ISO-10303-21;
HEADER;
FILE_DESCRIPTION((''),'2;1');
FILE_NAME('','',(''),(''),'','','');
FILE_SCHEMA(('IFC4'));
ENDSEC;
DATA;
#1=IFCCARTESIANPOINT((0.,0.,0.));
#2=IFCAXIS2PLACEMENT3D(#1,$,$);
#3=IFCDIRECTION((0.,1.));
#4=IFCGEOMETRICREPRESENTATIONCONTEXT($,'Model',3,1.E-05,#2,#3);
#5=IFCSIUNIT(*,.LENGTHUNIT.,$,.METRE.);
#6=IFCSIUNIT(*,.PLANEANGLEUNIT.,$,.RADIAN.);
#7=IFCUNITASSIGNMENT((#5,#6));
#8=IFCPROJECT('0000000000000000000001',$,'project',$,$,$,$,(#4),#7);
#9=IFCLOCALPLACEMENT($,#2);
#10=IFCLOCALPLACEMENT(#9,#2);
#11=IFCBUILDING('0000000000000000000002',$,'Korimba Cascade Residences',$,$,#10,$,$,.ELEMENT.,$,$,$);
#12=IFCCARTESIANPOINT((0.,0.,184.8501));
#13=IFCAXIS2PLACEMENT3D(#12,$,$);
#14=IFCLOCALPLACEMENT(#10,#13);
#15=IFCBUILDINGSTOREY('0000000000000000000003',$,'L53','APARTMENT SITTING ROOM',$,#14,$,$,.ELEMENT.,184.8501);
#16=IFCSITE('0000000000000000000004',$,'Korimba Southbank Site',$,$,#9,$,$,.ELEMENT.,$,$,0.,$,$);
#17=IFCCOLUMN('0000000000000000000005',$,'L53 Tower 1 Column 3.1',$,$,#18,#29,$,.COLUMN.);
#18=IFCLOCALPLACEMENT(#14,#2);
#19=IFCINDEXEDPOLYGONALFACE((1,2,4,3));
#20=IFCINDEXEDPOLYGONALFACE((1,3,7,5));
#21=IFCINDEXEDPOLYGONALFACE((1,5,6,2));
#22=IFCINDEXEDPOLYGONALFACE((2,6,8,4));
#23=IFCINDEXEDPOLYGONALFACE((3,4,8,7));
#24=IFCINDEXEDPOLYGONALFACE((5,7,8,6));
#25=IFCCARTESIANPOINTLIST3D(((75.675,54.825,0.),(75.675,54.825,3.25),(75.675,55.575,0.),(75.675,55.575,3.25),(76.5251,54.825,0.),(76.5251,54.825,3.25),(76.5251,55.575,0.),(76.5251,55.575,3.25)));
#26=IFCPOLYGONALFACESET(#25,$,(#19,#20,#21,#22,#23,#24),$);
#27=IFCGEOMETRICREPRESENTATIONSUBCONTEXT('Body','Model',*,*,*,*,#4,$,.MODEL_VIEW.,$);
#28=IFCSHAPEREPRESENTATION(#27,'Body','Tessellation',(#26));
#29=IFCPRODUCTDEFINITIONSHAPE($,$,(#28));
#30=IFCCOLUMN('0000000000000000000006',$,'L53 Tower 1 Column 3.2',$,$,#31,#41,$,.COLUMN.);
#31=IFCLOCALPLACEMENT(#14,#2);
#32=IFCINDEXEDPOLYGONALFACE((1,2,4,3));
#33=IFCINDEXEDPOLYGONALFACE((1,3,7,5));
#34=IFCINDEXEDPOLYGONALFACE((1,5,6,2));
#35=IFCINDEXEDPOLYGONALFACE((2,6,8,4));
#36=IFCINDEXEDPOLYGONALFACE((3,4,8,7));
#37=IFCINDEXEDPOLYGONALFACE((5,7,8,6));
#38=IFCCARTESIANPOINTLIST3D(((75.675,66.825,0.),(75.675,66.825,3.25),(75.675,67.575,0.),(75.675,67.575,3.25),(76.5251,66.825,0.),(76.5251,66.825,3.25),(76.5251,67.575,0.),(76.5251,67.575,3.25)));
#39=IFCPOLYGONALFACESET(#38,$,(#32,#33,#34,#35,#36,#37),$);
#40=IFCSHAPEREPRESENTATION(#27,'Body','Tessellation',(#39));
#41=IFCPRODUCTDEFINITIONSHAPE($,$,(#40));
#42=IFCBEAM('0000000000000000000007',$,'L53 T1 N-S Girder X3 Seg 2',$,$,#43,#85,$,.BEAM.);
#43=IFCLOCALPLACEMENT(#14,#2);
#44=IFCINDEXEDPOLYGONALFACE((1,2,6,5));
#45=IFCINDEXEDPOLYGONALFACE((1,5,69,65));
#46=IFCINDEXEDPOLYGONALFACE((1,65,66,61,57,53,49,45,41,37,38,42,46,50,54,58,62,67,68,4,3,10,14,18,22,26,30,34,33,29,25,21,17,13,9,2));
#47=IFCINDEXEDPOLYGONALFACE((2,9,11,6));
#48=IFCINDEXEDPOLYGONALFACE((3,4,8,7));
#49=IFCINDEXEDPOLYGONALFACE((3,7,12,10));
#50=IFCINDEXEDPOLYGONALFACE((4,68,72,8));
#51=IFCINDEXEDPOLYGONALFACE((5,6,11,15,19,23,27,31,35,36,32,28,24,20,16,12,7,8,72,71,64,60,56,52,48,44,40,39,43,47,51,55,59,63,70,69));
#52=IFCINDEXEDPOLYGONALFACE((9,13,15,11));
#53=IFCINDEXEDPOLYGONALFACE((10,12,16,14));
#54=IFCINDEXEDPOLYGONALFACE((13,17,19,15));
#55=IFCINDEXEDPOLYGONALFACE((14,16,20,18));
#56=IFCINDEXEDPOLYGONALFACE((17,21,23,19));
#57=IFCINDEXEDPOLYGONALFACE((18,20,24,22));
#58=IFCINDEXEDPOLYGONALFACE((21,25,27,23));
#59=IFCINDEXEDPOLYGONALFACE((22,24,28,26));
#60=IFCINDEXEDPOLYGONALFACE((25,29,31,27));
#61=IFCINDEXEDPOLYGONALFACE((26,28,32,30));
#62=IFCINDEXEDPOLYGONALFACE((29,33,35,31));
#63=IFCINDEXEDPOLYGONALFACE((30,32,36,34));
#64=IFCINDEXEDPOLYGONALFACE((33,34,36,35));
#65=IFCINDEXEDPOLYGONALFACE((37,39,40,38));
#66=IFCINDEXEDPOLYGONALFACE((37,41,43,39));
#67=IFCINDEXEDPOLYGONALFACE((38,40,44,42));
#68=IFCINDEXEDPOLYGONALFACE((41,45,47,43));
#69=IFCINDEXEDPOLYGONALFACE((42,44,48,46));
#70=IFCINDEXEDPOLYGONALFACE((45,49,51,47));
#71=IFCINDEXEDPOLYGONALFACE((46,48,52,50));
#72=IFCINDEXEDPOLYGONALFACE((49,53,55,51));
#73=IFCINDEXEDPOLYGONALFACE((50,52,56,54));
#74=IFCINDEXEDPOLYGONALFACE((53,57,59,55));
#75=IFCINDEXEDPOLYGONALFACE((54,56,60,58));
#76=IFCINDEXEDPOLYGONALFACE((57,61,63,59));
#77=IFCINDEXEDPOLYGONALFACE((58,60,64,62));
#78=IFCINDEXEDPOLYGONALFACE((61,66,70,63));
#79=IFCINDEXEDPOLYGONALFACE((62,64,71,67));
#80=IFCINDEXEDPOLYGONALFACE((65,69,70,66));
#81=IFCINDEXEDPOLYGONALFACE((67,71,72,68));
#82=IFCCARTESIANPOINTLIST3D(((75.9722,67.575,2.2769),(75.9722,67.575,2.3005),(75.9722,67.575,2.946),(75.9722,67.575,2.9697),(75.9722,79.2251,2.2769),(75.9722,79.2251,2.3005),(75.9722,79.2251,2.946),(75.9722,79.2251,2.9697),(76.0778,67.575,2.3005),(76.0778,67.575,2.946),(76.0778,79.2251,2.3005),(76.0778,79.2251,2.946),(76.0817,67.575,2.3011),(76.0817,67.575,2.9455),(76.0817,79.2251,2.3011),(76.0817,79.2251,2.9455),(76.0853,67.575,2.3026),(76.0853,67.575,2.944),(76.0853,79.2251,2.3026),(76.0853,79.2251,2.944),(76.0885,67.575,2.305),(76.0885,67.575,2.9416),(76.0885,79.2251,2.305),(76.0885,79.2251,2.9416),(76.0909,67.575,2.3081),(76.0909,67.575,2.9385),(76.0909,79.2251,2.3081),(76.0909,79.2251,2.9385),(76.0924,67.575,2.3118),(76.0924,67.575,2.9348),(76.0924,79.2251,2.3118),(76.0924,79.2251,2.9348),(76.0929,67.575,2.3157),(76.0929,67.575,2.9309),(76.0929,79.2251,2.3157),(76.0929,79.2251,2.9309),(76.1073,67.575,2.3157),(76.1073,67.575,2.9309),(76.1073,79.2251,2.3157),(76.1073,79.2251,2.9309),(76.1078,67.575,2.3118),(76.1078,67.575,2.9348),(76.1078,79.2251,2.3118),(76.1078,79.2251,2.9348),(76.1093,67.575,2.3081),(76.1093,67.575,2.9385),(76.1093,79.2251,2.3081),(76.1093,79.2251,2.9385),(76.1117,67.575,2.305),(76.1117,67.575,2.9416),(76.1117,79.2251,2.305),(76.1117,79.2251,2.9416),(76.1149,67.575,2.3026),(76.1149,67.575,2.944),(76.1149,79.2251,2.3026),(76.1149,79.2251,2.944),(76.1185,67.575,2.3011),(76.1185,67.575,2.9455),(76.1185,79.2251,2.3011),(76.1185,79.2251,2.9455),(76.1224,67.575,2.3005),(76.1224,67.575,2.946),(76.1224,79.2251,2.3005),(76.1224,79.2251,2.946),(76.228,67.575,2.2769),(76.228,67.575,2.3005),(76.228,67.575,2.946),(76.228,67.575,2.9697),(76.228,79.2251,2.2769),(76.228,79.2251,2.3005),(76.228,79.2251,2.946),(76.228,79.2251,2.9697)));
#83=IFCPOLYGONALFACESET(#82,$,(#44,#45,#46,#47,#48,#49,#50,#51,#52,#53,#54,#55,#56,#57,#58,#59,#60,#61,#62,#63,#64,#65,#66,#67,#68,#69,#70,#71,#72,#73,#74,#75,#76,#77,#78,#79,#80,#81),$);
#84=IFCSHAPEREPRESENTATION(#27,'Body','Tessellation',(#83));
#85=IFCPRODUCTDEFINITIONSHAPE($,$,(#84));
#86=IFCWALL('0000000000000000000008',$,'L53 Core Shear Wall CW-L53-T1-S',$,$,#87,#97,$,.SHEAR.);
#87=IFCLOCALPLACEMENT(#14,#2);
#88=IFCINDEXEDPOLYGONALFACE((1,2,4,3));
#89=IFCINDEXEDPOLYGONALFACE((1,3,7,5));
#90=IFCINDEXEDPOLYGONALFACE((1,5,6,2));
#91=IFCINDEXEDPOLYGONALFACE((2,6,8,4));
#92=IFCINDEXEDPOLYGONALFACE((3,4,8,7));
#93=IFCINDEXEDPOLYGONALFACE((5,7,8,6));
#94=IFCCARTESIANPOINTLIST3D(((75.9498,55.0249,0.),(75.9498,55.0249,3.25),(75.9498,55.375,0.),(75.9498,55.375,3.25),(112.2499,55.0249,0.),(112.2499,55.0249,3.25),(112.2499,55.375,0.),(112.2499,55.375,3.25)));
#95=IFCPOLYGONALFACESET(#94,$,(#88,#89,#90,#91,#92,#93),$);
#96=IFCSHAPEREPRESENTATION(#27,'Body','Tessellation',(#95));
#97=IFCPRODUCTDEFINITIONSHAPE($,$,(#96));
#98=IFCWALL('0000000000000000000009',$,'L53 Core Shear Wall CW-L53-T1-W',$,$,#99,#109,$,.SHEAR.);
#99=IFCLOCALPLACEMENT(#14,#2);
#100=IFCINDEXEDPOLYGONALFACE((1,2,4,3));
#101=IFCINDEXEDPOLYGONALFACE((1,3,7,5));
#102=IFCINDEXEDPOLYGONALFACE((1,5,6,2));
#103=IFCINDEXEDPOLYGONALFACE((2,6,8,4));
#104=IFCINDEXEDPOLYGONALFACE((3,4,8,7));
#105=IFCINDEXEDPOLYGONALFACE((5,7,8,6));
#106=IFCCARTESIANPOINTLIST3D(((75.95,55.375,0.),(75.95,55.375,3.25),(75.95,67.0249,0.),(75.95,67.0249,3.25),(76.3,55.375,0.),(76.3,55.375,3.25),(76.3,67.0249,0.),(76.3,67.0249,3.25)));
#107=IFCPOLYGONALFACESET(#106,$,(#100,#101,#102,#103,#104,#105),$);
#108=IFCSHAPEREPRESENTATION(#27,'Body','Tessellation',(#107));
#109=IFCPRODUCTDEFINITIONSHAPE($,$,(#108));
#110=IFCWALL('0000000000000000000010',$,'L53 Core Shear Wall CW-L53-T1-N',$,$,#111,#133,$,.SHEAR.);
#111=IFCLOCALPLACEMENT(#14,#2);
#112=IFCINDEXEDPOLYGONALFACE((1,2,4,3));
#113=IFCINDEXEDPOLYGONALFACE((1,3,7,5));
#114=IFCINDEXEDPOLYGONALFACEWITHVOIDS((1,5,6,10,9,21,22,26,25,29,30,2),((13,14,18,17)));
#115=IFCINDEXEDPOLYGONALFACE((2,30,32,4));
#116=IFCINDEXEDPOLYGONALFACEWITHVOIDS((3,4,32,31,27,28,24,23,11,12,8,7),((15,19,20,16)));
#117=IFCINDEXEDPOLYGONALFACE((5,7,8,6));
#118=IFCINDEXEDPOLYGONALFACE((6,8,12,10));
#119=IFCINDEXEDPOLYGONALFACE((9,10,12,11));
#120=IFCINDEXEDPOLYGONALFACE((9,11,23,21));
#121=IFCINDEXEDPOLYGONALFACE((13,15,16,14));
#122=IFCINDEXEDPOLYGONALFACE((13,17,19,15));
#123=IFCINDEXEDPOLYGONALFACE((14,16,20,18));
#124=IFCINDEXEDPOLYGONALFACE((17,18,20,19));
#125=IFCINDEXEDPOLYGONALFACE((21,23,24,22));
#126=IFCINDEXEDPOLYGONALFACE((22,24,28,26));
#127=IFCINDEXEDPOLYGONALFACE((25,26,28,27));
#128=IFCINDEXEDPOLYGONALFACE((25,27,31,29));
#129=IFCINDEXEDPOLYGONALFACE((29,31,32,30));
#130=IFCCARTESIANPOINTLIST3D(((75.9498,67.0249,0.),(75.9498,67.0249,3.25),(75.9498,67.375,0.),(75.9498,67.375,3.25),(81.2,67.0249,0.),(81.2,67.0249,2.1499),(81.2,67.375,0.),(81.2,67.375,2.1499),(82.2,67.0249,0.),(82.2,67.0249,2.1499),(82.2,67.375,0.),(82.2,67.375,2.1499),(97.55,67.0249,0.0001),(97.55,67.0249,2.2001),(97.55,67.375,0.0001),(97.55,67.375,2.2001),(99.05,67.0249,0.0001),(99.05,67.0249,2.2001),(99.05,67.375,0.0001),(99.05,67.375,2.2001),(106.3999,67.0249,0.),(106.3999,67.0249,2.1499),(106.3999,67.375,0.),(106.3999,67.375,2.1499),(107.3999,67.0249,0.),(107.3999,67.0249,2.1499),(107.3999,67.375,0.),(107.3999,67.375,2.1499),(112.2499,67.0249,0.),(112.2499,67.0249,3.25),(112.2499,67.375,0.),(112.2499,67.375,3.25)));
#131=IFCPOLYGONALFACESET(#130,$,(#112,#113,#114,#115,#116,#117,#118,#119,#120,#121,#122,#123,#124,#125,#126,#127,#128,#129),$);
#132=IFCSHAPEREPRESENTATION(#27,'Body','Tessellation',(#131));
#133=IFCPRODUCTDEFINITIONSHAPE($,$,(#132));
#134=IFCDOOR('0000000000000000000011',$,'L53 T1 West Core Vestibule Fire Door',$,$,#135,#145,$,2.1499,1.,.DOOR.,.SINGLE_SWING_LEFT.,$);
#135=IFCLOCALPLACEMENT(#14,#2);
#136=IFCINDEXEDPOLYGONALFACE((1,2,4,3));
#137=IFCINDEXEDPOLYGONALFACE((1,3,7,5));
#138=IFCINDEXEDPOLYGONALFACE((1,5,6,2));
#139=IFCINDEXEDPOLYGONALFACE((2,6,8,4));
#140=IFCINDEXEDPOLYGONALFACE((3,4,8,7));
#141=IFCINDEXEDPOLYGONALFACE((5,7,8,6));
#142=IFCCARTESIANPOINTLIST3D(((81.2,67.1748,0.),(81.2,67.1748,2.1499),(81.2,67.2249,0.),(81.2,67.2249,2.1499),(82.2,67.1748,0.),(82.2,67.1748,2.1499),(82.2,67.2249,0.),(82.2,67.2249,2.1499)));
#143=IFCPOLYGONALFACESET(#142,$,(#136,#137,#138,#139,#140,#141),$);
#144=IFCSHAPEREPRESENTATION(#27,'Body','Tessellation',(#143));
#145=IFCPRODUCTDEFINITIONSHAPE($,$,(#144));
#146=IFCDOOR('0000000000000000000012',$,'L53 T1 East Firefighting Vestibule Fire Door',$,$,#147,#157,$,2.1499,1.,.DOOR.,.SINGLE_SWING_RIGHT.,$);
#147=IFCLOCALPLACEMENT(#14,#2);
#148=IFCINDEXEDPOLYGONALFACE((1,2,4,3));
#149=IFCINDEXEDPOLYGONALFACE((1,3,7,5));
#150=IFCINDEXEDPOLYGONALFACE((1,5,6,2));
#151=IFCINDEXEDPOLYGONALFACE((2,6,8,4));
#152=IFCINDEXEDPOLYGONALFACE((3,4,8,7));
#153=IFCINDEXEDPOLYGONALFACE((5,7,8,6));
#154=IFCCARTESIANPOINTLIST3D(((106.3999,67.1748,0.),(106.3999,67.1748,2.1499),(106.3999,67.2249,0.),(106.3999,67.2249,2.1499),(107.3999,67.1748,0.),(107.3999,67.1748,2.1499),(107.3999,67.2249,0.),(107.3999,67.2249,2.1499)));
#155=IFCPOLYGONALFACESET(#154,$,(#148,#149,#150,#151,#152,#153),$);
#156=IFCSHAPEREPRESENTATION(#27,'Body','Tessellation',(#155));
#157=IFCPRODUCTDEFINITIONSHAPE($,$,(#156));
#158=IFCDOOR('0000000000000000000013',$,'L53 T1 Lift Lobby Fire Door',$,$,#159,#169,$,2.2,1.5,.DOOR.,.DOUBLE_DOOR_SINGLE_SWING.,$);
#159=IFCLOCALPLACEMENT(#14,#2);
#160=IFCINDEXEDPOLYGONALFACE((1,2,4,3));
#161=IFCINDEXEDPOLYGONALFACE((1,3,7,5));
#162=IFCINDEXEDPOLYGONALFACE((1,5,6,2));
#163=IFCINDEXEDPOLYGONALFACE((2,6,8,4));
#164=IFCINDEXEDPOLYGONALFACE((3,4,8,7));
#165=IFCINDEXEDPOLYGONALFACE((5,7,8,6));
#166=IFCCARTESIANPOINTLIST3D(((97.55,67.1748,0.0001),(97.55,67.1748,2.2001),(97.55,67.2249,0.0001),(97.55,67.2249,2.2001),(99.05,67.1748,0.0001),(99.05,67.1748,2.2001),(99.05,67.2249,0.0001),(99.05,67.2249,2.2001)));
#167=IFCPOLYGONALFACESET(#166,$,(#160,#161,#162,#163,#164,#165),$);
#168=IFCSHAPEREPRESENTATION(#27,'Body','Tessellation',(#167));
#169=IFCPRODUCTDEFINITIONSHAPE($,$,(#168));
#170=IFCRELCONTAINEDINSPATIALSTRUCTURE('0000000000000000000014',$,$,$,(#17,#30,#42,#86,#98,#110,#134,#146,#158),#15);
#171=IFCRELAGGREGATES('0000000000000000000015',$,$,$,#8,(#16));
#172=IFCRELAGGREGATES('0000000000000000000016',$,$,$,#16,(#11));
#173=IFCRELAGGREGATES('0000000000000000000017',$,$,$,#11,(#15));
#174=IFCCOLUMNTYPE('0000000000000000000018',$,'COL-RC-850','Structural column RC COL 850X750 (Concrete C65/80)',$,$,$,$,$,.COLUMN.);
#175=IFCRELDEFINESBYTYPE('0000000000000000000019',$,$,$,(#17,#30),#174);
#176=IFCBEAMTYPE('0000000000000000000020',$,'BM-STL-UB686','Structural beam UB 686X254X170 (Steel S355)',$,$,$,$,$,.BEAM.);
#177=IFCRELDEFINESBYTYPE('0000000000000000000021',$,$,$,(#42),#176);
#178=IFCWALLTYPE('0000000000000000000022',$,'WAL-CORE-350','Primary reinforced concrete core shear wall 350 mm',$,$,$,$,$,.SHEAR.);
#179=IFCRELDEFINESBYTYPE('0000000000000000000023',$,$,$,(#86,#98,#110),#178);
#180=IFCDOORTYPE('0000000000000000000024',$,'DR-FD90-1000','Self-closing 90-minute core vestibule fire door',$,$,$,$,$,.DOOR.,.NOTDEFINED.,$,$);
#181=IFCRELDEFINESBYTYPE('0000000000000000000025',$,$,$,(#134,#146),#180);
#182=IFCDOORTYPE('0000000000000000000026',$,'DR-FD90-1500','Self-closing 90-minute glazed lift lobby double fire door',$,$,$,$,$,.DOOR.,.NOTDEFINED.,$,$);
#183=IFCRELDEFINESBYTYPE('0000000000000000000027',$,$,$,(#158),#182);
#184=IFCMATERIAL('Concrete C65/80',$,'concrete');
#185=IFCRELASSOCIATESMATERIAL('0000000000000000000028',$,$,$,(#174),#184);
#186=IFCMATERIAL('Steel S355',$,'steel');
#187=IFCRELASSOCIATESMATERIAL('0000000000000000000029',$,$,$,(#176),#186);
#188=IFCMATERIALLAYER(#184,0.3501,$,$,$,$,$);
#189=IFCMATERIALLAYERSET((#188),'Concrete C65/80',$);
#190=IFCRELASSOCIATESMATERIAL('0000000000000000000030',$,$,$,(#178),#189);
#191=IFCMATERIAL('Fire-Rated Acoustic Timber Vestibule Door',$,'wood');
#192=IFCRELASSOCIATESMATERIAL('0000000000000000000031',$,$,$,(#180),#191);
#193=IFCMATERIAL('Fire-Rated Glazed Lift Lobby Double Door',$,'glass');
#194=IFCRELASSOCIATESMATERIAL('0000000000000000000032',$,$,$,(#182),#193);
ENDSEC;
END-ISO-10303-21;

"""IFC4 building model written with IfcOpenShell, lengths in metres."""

from ifc_helpers import new_model, si_unit, direction, frame, frame_2d, origin, origin_2d, place, context, subcontext, project, spatial, rectangle, i_section, extrude, material, layer, layer_set, material_profile, profile_set, type_object, element, fill, save


model = new_model("IFC4")

# Units and contexts
model_context = context("Model", 3, precision=1e-05, world=origin(), true_north=direction((0.0, 1.0)))
body_context = subcontext(model_context, "Body", "Model", "MODEL_VIEW")
ifc_project = project(units=[si_unit("LENGTHUNIT", "METRE"), si_unit("PLANEANGLEUNIT", "RADIAN")], contexts=[model_context])

# Site, building, storey
site_placement = place(None, origin())
site = spatial("IfcSite", under=ifc_project, at=site_placement, Name="Korimba Southbank Site", CompositionType="ELEMENT", RefElevation=0.0)
building_placement = place(site_placement, origin())
building = spatial("IfcBuilding", under=site, at=building_placement, Name="Korimba Cascade Residences", CompositionType="ELEMENT")
storey_placement = place(building_placement, frame((0.0, 0.0, 184.8501)))
storey = spatial("IfcBuildingStorey", under=building, at=storey_placement, Name="L53", Description="APARTMENT SITTING ROOM", CompositionType="ELEMENT", Elevation=184.8501)

# Columns
ifc_material_1 = material(Name="Concrete C65/80", Category="concrete")
ifc_material_profile_1 = material_profile(ifc_material_1, rectangle(XDim=0.8501, YDim=0.75, at=origin_2d()), Name="Concrete C65/80")
ifc_profile_set_1 = profile_set([ifc_material_profile_1], Name="Concrete C65/80")
column_type = type_object("IfcColumnType", Name="COL-RC-850", Description="Structural column RC COL 850X750 (Concrete C65/80)", PredefinedType="COLUMN", material=ifc_profile_set_1)
for number, where, z_axis, x_axis, name in (
    (1, (76.1001, 55.2, 0.0), (0.0, 0.0, 1.0), (1.0, 0.0, 0.0), "L53 Tower 1 Column 3.1"),
    (2, (76.1001, 67.2, 0.0), (0.0, 0.0, 1.0), (1.0, 0.0, 0.0), "L53 Tower 1 Column 3.2"),
):
    element("IfcColumn", number, at=place(storey_placement, frame(where, z_axis=z_axis, x_axis=x_axis)), inside=storey, type_object=column_type, Name=name, PredefinedType="COLUMN", context=body_context, shape_type="SweptSolid", body=[
        extrude(rectangle(XDim=0.8501, YDim=0.75, at=origin_2d()), origin(), (0.0, 0.0, 1.0), 3.25),
    ])

# Beam
ifc_material_2 = material(Name="Steel S355", Category="steel")
ifc_material_profile_2 = material_profile(ifc_material_2, i_section(OverallWidth=0.2559, OverallDepth=0.6929, WebThickness=0.0144, FlangeThickness=0.0237, FilletRadius=0.0151, at=origin_2d()), Name="Steel S355")
ifc_profile_set_2 = profile_set([ifc_material_profile_2], Name="Steel S355")
beam_type = type_object("IfcBeamType", Name="BM-STL-UB686", Description="Structural beam UB 686X254X170 (Steel S355)", PredefinedType="BEAM", material=ifc_profile_set_2)
beam_placement = place(storey_placement, frame((76.1001, 67.575, 2.6233), z_axis=(0.0, 1.0, 0.0), x_axis=(-1.0, 0.0, 0.0)))
element("IfcBeam", 3, at=beam_placement, inside=storey, type_object=beam_type, Name="L53 T1 N-S Girder X3 Seg 2", PredefinedType="BEAM", context=body_context, shape_type="SweptSolid", body=[
    extrude(i_section(OverallWidth=0.2559, OverallDepth=0.6929, WebThickness=0.0144, FlangeThickness=0.0237, FilletRadius=0.0151, at=origin_2d()), origin(), (0.0, 0.0, 1.0), 11.6501),
])

# Walls
ifc_layer_1 = layer(ifc_material_1, 0.3501)
ifc_layer_set_1 = layer_set([ifc_layer_1], Name="Concrete C65/80")
wall_type_1 = type_object("IfcWallType", Name="WAL-CORE-350", Description="Primary reinforced concrete core shear wall 350 mm", PredefinedType="SHEAR", material=ifc_layer_set_1)
wall_1_placement = place(storey_placement, frame((75.95, 55.2, 0.0), z_axis=(0.0, 0.0, 1.0), x_axis=(1.0, 0.0, 0.0)))
element("IfcWall", 4, at=wall_1_placement, inside=storey, type_object=wall_type_1, Name="L53 Core Shear Wall CW-L53-T1-S", PredefinedType="SHEAR", context=body_context, shape_type="SweptSolid", body=[
    extrude(rectangle(XDim=36.3, YDim=0.3501, at=frame_2d((18.1499, 0.0))), origin(), (0.0, 0.0, 1.0), 3.25),
])
wall_2_placement = place(storey_placement, frame((76.125, 55.375, 0.0), z_axis=(0.0, 0.0, 1.0), x_axis=(0.0, 1.0, 0.0)))
element("IfcWall", 5, at=wall_2_placement, inside=storey, type_object=wall_type_1, Name="L53 Core Shear Wall CW-L53-T1-W", PredefinedType="SHEAR", context=body_context, shape_type="SweptSolid", body=[
    extrude(rectangle(XDim=11.6499, YDim=0.3501, at=frame_2d((5.825, 0.0))), origin(), (0.0, 0.0, 1.0), 3.25),
])

# Wall, openings, doors
wall_3_placement = place(storey_placement, frame((75.95, 67.2, 0.0), z_axis=(0.0, 0.0, 1.0), x_axis=(1.0, 0.0, 0.0)))
wall_3 = element("IfcWall", 6, at=wall_3_placement, inside=storey, type_object=wall_type_1, Name="L53 Core Shear Wall CW-L53-T1-N", PredefinedType="SHEAR", context=body_context, shape_type="SweptSolid", body=[
    extrude(rectangle(XDim=36.3, YDim=0.3501, at=frame_2d((18.1499, 0.0))), origin(), (0.0, 0.0, 1.0), 3.25),
])
opening_1_placement = place(wall_3_placement, frame((5.25, 0.0, 0.0)))
opening_1 = element("IfcOpeningElement", 7, at=opening_1_placement, cuts=wall_3, PredefinedType="OPENING", context=body_context, shape_type="SweptSolid", body=[
    extrude(rectangle(XDim=1.0, YDim=2.1499, at=frame_2d((0.5, 1.075))), frame((0.0, 0.1851, 0.0), z_axis=(0.0, -1.0, 0.0), x_axis=(1.0, 0.0, 0.0)), (0.0, 0.0, 1.0), 0.3701),
])
opening_2_placement = place(wall_3_placement, frame((21.6001, 0.0, 0.0)))
opening_2 = element("IfcOpeningElement", 8, at=opening_2_placement, cuts=wall_3, PredefinedType="OPENING", context=body_context, shape_type="SweptSolid", body=[
    extrude(rectangle(XDim=1.5, YDim=2.2, at=frame_2d((0.75, 1.1001))), frame((0.0, 0.1851, 0.0), z_axis=(0.0, -1.0, 0.0), x_axis=(1.0, 0.0, 0.0)), (0.0, 0.0, 1.0), 0.3701),
])
opening_3_placement = place(wall_3_placement, frame((30.45, 0.0, 0.0)))
opening_3 = element("IfcOpeningElement", 9, at=opening_3_placement, cuts=wall_3, PredefinedType="OPENING", context=body_context, shape_type="SweptSolid", body=[
    extrude(rectangle(XDim=1.0, YDim=2.1499, at=frame_2d((0.5, 1.075))), frame((0.0, 0.1851, 0.0), z_axis=(0.0, -1.0, 0.0), x_axis=(1.0, 0.0, 0.0)), (0.0, 0.0, 1.0), 0.3701),
])
ifc_material_3 = material(Name="Fire-Rated Acoustic Timber Vestibule Door", Category="wood")
door_type_1 = type_object("IfcDoorType", Name="DR-FD90-1000", Description="Self-closing 90-minute core vestibule fire door", OperationType="NOTDEFINED", PredefinedType="DOOR", material=ifc_material_3)
door_1_placement = place(opening_1_placement, origin())
door_1 = element("IfcDoor", 10, at=door_1_placement, inside=storey, type_object=door_type_1, Name="L53 T1 West Core Vestibule Fire Door", OperationType="SINGLE_SWING_LEFT", OverallHeight=2.1499, OverallWidth=1.0, PredefinedType="DOOR", context=body_context, shape_type="SweptSolid", body=[
    extrude(rectangle(XDim=1.0, YDim=2.1499, at=frame_2d((0.5, 1.075))), frame((0.0, 0.0249, 0.0), z_axis=(0.0, -1.0, 0.0), x_axis=(1.0, 0.0, 0.0)), (0.0, 0.0, 1.0), 0.05),
])
fill(opening_1, door_1)
door_2_placement = place(opening_3_placement, origin())
door_2 = element("IfcDoor", 11, at=door_2_placement, inside=storey, type_object=door_type_1, Name="L53 T1 East Firefighting Vestibule Fire Door", OperationType="SINGLE_SWING_RIGHT", OverallHeight=2.1499, OverallWidth=1.0, PredefinedType="DOOR", context=body_context, shape_type="SweptSolid", body=[
    extrude(rectangle(XDim=1.0, YDim=2.1499, at=frame_2d((0.5, 1.075))), frame((0.0, 0.0249, 0.0), z_axis=(0.0, -1.0, 0.0), x_axis=(1.0, 0.0, 0.0)), (0.0, 0.0, 1.0), 0.05),
])
fill(opening_3, door_2)
ifc_material_4 = material(Name="Fire-Rated Glazed Lift Lobby Double Door", Category="glass")
door_type_2 = type_object("IfcDoorType", Name="DR-FD90-1500", Description="Self-closing 90-minute glazed lift lobby double fire door", OperationType="NOTDEFINED", PredefinedType="DOOR", material=ifc_material_4)
door_3_placement = place(opening_2_placement, origin())
door_3 = element("IfcDoor", 12, at=door_3_placement, inside=storey, type_object=door_type_2, Name="L53 T1 Lift Lobby Fire Door", OperationType="DOUBLE_DOOR_SINGLE_SWING", OverallHeight=2.2, OverallWidth=1.5, PredefinedType="DOOR", context=body_context, shape_type="SweptSolid", body=[
    extrude(rectangle(XDim=1.5, YDim=2.2, at=frame_2d((0.75, 1.1001))), frame((0.0, 0.0249, 0.0), z_axis=(0.0, -1.0, 0.0), x_axis=(1.0, 0.0, 0.0)), (0.0, 0.0, 1.0), 0.05),
])
fill(opening_2, door_3)

save(model, "model.ifc")
